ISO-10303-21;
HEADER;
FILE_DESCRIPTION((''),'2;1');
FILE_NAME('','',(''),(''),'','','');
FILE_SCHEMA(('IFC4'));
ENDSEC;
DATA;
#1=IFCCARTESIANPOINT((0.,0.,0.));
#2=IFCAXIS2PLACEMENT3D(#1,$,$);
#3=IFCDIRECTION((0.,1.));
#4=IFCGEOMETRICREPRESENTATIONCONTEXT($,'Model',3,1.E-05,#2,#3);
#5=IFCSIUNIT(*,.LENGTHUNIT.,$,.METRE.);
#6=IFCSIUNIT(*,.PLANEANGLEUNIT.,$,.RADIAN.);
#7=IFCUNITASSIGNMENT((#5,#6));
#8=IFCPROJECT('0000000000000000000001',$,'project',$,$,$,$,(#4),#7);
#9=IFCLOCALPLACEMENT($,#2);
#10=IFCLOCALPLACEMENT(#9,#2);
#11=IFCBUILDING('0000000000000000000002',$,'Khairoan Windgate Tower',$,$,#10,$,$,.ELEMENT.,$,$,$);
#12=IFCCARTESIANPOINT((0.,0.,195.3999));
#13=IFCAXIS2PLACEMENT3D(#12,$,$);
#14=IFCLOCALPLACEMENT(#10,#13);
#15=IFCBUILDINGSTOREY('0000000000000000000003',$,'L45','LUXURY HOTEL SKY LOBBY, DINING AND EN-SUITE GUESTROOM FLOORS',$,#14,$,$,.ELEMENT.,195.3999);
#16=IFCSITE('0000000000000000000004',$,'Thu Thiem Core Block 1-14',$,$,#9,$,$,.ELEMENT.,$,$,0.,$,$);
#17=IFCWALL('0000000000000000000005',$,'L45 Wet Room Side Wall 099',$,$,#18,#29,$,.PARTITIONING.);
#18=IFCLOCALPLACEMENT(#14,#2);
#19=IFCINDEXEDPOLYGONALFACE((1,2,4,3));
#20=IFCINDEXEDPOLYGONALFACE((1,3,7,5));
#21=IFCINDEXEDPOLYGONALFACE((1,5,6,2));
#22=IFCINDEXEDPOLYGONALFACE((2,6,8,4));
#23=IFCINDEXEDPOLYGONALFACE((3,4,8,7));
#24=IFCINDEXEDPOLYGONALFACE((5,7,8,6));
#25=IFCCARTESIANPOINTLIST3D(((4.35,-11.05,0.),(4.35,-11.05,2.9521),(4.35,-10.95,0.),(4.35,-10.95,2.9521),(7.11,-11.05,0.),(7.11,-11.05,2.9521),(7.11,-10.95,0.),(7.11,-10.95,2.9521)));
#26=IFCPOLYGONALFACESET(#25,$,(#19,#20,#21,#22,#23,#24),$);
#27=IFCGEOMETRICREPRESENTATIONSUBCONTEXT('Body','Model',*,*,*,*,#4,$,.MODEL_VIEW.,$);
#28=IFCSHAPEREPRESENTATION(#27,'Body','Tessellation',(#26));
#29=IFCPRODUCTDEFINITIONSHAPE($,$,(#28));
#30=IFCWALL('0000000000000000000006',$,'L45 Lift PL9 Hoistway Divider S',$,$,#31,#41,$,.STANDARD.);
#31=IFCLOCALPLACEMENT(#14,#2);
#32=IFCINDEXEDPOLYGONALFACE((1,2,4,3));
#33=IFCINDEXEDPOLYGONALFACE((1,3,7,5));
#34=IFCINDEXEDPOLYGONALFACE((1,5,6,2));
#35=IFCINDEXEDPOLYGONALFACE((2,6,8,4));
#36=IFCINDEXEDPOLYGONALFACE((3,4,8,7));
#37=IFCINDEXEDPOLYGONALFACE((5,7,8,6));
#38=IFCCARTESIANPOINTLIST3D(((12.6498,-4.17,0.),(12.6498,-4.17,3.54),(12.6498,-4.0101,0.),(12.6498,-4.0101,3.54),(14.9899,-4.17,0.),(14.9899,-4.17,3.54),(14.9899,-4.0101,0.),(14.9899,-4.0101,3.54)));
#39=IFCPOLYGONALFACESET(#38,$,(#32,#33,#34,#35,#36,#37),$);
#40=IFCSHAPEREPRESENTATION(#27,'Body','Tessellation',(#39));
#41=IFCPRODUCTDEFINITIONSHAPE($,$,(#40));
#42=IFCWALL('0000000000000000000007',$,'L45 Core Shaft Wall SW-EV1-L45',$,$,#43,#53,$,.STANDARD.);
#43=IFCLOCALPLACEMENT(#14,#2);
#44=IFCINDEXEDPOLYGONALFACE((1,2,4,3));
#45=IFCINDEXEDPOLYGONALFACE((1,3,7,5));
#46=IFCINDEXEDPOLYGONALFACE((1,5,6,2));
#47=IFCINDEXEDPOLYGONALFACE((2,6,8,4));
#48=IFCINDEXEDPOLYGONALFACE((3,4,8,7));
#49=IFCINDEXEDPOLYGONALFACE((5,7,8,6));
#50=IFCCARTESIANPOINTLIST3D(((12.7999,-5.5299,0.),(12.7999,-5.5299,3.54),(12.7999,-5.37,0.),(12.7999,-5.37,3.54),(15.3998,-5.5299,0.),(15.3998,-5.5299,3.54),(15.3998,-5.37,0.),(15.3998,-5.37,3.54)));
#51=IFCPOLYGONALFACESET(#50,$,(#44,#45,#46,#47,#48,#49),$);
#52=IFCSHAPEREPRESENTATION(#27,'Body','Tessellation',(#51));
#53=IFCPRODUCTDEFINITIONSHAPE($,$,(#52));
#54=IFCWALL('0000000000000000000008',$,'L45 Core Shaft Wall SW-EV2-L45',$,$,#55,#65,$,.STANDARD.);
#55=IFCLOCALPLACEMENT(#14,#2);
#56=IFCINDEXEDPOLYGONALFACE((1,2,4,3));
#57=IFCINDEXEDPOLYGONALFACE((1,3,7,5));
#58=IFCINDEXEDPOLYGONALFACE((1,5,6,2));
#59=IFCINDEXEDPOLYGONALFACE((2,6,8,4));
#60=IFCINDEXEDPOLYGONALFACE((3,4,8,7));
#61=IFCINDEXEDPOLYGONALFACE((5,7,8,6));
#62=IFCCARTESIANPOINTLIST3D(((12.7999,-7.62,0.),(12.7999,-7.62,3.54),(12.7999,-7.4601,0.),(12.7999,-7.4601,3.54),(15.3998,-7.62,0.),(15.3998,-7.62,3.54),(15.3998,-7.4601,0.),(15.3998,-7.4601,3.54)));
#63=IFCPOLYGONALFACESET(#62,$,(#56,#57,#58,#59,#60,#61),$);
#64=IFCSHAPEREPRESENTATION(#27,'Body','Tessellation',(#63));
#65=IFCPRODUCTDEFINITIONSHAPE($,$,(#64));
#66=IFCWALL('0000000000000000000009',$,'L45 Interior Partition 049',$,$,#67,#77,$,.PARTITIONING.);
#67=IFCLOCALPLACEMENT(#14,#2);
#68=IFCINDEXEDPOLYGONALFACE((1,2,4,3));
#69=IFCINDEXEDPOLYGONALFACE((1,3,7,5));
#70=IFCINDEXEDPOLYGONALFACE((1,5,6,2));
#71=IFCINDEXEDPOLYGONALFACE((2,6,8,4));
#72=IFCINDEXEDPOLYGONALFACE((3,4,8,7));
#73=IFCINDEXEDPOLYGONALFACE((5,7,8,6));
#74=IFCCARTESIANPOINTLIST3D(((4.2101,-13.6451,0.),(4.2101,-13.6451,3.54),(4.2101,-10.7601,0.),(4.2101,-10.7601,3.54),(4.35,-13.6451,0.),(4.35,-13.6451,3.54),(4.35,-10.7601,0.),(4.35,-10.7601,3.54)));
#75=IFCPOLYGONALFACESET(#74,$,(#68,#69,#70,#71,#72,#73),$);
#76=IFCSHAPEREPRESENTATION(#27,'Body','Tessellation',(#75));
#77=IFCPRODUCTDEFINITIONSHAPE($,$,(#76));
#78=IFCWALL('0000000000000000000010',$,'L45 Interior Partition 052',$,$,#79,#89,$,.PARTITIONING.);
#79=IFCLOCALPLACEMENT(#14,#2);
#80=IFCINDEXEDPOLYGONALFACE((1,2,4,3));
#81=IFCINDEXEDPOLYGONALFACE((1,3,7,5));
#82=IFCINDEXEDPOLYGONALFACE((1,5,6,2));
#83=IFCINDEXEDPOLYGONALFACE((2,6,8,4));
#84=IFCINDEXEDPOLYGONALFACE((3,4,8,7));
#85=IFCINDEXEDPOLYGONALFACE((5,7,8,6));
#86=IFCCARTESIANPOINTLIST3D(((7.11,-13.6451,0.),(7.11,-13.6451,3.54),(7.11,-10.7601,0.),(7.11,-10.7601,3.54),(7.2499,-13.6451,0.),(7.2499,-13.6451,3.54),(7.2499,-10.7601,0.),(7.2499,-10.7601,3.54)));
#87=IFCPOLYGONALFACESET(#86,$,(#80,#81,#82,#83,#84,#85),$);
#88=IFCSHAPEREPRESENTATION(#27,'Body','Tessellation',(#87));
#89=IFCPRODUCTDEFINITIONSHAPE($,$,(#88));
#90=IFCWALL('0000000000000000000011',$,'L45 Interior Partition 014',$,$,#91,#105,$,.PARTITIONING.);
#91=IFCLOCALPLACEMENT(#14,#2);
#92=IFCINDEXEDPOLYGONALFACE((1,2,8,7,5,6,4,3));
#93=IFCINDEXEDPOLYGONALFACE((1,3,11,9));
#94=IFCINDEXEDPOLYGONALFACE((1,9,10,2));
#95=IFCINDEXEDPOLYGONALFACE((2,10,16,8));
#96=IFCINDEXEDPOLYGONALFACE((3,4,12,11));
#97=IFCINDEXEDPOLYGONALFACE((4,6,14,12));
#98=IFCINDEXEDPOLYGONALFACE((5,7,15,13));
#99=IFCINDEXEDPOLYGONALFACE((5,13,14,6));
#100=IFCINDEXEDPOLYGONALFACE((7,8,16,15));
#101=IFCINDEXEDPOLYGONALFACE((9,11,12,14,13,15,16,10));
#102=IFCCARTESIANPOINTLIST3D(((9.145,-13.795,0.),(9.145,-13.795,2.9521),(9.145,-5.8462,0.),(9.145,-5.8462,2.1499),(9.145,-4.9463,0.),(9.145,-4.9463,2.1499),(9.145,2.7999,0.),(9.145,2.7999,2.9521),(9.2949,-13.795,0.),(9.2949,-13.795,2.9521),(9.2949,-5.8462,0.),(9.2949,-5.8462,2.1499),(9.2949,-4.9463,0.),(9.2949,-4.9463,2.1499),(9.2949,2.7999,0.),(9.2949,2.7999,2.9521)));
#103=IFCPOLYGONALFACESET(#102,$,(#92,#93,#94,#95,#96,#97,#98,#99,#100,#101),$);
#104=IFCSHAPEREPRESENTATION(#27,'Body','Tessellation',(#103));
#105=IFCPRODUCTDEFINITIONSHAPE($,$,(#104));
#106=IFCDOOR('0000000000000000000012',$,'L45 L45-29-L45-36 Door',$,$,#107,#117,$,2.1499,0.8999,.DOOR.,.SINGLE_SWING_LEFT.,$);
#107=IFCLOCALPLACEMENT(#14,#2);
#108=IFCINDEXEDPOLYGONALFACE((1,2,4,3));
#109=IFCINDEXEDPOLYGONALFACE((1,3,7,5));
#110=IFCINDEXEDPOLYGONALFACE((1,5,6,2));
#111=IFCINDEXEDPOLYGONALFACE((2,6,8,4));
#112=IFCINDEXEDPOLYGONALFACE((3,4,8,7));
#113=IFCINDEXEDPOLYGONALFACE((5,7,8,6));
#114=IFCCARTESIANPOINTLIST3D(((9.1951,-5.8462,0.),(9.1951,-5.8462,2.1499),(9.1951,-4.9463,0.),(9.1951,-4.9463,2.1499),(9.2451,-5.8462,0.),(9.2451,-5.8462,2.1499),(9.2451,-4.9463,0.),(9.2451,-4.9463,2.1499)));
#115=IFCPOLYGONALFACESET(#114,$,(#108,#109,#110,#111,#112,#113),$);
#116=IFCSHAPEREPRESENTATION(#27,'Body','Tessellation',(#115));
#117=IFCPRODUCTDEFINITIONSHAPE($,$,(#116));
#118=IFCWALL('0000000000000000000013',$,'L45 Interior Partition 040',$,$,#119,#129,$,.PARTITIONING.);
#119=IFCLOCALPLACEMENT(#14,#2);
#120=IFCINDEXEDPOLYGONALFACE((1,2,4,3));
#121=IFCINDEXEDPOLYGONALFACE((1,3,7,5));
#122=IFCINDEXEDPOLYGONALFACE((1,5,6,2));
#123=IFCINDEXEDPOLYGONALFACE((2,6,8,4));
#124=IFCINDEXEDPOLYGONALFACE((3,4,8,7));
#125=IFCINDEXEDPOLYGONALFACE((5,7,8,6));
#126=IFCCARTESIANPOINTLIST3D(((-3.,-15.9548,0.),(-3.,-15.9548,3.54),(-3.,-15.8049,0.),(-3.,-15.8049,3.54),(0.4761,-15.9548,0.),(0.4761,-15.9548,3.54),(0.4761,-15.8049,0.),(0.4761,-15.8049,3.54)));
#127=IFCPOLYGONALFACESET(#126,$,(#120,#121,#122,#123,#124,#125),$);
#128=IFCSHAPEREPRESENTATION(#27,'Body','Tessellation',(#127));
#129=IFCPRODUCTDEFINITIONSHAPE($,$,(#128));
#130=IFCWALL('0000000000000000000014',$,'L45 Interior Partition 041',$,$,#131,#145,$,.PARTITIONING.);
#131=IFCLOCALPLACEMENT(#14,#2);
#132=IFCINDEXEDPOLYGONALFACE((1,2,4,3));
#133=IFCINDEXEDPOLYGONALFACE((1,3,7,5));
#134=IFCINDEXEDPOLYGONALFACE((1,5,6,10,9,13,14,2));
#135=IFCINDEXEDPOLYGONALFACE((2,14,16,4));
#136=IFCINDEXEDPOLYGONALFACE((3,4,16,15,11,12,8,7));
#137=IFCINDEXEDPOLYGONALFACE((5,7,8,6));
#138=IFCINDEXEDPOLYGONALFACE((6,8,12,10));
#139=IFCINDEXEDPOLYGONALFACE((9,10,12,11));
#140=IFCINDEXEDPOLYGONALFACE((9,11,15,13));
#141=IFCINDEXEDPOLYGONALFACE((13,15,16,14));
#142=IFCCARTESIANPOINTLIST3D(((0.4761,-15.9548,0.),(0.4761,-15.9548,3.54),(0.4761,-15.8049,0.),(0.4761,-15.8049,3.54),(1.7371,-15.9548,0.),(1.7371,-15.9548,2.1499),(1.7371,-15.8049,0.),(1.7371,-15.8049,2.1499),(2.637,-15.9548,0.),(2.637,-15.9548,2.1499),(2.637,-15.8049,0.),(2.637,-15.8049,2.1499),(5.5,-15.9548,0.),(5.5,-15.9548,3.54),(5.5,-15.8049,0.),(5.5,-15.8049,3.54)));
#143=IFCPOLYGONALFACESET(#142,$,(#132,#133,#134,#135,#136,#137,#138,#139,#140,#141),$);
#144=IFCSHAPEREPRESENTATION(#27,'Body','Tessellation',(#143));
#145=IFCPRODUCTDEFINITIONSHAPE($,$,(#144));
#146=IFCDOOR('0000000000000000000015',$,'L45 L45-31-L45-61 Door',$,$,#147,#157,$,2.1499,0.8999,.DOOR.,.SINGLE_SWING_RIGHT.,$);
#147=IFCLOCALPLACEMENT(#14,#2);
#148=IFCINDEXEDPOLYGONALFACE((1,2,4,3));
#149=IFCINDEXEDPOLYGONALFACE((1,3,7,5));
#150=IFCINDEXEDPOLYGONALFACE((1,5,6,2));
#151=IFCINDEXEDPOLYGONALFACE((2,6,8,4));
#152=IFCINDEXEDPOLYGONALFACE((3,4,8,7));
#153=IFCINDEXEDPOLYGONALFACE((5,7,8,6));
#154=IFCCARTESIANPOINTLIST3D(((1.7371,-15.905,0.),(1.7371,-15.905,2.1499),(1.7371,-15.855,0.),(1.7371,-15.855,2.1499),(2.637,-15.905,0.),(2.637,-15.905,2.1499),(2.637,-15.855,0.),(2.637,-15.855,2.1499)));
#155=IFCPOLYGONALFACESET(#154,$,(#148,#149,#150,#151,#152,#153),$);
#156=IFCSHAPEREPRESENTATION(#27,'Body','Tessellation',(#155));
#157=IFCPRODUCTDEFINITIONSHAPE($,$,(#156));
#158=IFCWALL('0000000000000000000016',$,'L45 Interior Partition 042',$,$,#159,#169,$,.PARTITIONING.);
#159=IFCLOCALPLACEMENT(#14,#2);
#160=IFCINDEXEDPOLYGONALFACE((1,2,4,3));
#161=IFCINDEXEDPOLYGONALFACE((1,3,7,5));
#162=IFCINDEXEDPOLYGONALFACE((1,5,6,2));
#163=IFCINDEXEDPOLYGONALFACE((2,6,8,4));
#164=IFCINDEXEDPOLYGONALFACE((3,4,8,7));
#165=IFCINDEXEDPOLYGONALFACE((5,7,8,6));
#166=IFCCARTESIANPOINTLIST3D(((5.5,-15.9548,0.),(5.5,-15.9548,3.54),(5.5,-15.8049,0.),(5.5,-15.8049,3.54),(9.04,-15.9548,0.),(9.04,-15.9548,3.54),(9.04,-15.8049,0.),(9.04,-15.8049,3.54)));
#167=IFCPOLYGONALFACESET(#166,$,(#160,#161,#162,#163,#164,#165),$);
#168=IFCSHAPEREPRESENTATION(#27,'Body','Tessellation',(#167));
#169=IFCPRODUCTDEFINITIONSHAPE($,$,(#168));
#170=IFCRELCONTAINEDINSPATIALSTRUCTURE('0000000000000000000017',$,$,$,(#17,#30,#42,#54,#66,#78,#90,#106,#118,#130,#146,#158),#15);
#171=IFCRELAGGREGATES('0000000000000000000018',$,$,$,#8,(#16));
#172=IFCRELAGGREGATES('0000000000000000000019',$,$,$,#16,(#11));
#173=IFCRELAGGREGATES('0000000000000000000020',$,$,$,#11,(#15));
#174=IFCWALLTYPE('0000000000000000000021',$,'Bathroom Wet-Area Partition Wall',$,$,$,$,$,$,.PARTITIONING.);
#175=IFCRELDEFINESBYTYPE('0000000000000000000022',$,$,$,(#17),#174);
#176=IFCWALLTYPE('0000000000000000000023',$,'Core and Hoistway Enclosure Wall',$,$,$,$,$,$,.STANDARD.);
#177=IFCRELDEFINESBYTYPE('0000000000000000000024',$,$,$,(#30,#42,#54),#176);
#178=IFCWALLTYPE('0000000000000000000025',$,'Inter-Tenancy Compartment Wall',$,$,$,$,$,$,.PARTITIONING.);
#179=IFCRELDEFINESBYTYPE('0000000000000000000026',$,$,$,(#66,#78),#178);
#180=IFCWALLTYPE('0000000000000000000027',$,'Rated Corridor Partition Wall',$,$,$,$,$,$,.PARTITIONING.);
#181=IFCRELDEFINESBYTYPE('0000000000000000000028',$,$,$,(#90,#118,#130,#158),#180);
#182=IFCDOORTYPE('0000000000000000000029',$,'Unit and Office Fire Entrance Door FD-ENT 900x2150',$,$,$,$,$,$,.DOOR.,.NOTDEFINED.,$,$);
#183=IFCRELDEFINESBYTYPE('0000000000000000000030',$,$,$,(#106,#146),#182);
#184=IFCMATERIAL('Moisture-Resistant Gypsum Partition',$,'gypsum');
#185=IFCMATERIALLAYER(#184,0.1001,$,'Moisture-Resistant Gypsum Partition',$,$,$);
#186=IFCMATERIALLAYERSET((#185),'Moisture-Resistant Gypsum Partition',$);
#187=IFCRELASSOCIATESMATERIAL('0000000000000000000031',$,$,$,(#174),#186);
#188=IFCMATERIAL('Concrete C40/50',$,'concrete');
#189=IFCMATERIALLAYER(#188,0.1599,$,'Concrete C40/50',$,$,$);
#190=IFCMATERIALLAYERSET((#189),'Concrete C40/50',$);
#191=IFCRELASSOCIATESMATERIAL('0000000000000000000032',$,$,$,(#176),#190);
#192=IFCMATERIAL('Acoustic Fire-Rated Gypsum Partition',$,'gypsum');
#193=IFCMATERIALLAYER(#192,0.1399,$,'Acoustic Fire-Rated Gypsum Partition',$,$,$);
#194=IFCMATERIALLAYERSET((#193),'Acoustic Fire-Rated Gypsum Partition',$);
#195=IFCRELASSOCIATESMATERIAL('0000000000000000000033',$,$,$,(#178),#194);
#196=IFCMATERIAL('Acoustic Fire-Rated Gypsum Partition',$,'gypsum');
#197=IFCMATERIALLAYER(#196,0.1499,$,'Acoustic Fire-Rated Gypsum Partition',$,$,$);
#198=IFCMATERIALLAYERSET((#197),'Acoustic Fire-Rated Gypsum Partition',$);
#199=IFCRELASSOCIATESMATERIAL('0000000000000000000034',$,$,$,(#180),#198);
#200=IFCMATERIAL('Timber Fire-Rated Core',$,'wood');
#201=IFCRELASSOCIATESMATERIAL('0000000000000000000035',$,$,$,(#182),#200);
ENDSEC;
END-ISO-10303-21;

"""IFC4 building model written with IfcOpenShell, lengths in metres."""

from ifc_helpers import new_model, si_unit, direction, frame, frame_2d, origin, place, context, subcontext, project, spatial, rectangle, extrude, material, layer, layer_set, type_object, element, fill, save


model = new_model("IFC4")

# Units and contexts
model_context = context("Model", 3, precision=1e-05, world=origin(), true_north=direction((0.0, 1.0)))
body_context = subcontext(model_context, "Body", "Model", "MODEL_VIEW")
ifc_project = project(units=[si_unit("LENGTHUNIT", "METRE"), si_unit("PLANEANGLEUNIT", "RADIAN")], contexts=[model_context])

# Site, building, storey
site_placement = place(None, origin())
site = spatial("IfcSite", under=ifc_project, at=site_placement, Name="Thu Thiem Core Block 1-14", CompositionType="ELEMENT", RefElevation=0.0)
building_placement = place(site_placement, origin())
building = spatial("IfcBuilding", under=site, at=building_placement, Name="Khairoan Windgate Tower", CompositionType="ELEMENT")
storey_placement = place(building_placement, frame((0.0, 0.0, 195.3999)))
storey = spatial("IfcBuildingStorey", under=building, at=storey_placement, Name="L45", Description="LUXURY HOTEL SKY LOBBY, DINING AND EN-SUITE GUESTROOM FLOORS", CompositionType="ELEMENT", Elevation=195.3999)

# Walls
ifc_material_1 = material(Name="Moisture-Resistant Gypsum Partition", Category="gypsum")
ifc_layer_1 = layer(ifc_material_1, 0.1001, Name="Moisture-Resistant Gypsum Partition")
ifc_layer_set_1 = layer_set([ifc_layer_1], Name="Moisture-Resistant Gypsum Partition")
wall_type_1 = type_object("IfcWallType", Name="Bathroom Wet-Area Partition Wall", PredefinedType="PARTITIONING", material=ifc_layer_set_1)
wall_1_placement = place(storey_placement, frame((4.3501, -11.0, 0.0), z_axis=(0.0, 0.0, 1.0), x_axis=(1.0, 0.0, 0.0)))
element("IfcWall", 1, at=wall_1_placement, inside=storey, type_object=wall_type_1, Name="L45 Wet Room Side Wall 099", PredefinedType="PARTITIONING", context=body_context, shape_type="SweptSolid", body=[
    extrude(rectangle(XDim=2.76, YDim=0.1001, at=frame_2d((1.3799, 0.0))), origin(), (0.0, 0.0, 1.0), 2.9521),
])
ifc_material_2 = material(Name="Concrete C40/50", Category="concrete")
ifc_layer_2 = layer(ifc_material_2, 0.1599, Name="Concrete C40/50")
ifc_layer_set_2 = layer_set([ifc_layer_2], Name="Concrete C40/50")
wall_type_2 = type_object("IfcWallType", Name="Core and Hoistway Enclosure Wall", PredefinedType="STANDARD", material=ifc_layer_set_2)
wall_2_placement = place(storey_placement, frame((12.6499, -4.0901, 0.0), z_axis=(0.0, 0.0, 1.0), x_axis=(1.0, 0.0, 0.0)))
element("IfcWall", 2, at=wall_2_placement, inside=storey, type_object=wall_type_2, Name="L45 Lift PL9 Hoistway Divider S", PredefinedType="STANDARD", context=body_context, shape_type="SweptSolid", body=[
    extrude(rectangle(XDim=2.3401, YDim=0.1599, at=frame_2d((1.1699, 0.0))), origin(), (0.0, 0.0, 1.0), 3.54),
])
for number, where, z_axis, x_axis, name in (
    (3, (12.8, -5.45, 0.0), (0.0, 0.0, 1.0), (1.0, 0.0, 0.0), "L45 Core Shaft Wall SW-EV1-L45"),
    (4, (12.8, -7.54, 0.0), (0.0, 0.0, 1.0), (1.0, 0.0, 0.0), "L45 Core Shaft Wall SW-EV2-L45"),
):
    element("IfcWall", number, at=place(storey_placement, frame(where, z_axis=z_axis, x_axis=x_axis)), inside=storey, type_object=wall_type_2, Name=name, PredefinedType="STANDARD", context=body_context, shape_type="SweptSolid", body=[
        extrude(rectangle(XDim=2.5999, YDim=0.1599, at=frame_2d((1.2998, 0.0))), origin(), (0.0, 0.0, 1.0), 3.54),
    ])
ifc_material_3 = material(Name="Acoustic Fire-Rated Gypsum Partition", Category="gypsum")
ifc_layer_3 = layer(ifc_material_3, 0.1399, Name="Acoustic Fire-Rated Gypsum Partition")
ifc_layer_set_3 = layer_set([ifc_layer_3], Name="Acoustic Fire-Rated Gypsum Partition")
wall_type_3 = type_object("IfcWallType", Name="Inter-Tenancy Compartment Wall", PredefinedType="PARTITIONING", material=ifc_layer_set_3)
for number, where, z_axis, x_axis, name in (
    (5, (4.28, -13.645, 0.0), (0.0, 0.0, 1.0), (0.0, 1.0, 0.0), "L45 Interior Partition 049"),
    (6, (7.1799, -13.645, 0.0), (0.0, 0.0, 1.0), (0.0, 1.0, 0.0), "L45 Interior Partition 052"),
):
    element("IfcWall", number, at=place(storey_placement, frame(where, z_axis=z_axis, x_axis=x_axis)), inside=storey, type_object=wall_type_3, Name=name, PredefinedType="PARTITIONING", context=body_context, shape_type="SweptSolid", body=[
        extrude(rectangle(XDim=2.885, YDim=0.1399, at=frame_2d((1.4424, 0.0))), origin(), (0.0, 0.0, 1.0), 3.54),
    ])

# Wall, opening, door
ifc_material_4 = material(Name="Acoustic Fire-Rated Gypsum Partition", Category="gypsum")
ifc_layer_4 = layer(ifc_material_4, 0.1499, Name="Acoustic Fire-Rated Gypsum Partition")
ifc_layer_set_4 = layer_set([ifc_layer_4], Name="Acoustic Fire-Rated Gypsum Partition")
wall_type_4 = type_object("IfcWallType", Name="Rated Corridor Partition Wall", PredefinedType="PARTITIONING", material=ifc_layer_set_4)
wall_3_placement = place(storey_placement, frame((9.22, -13.7949, 0.0), z_axis=(0.0, 0.0, 1.0), x_axis=(0.0, 1.0, 0.0)))
wall_3 = element("IfcWall", 7, at=wall_3_placement, inside=storey, type_object=wall_type_4, Name="L45 Interior Partition 014", PredefinedType="PARTITIONING", context=body_context, shape_type="SweptSolid", body=[
    extrude(rectangle(XDim=16.595, YDim=0.1499, at=frame_2d((8.2974, 0.0))), origin(), (0.0, 0.0, 1.0), 2.9521),
])
opening_1_placement = place(wall_3_placement, frame((7.9487, 0.0, 0.0)))
opening_1 = element("IfcOpeningElement", 8, at=opening_1_placement, cuts=wall_3, PredefinedType="OPENING", context=body_context, shape_type="SweptSolid", body=[
    extrude(rectangle(XDim=0.8999, YDim=2.1499, at=frame_2d((0.45, 1.075))), frame((0.0, 0.085, 0.0), z_axis=(0.0, -1.0, 0.0), x_axis=(1.0, 0.0, 0.0)), (0.0, 0.0, 1.0), 0.1699),
])
ifc_material_5 = material(Name="Timber Fire-Rated Core", Category="wood")
door_type = type_object("IfcDoorType", Name="Unit and Office Fire Entrance Door FD-ENT 900x2150", OperationType="NOTDEFINED", PredefinedType="DOOR", material=ifc_material_5)
door_1_placement = place(opening_1_placement, origin())
door_1 = element("IfcDoor", 9, at=door_1_placement, inside=storey, type_object=door_type, Name="L45 L45-29-L45-36 Door", OperationType="SINGLE_SWING_LEFT", OverallHeight=2.1499, OverallWidth=0.8999, PredefinedType="DOOR", context=body_context, shape_type="SweptSolid", body=[
    extrude(rectangle(XDim=0.8999, YDim=2.1499, at=frame_2d((0.45, 1.075))), frame((0.0, 0.0249, 0.0), z_axis=(0.0, -1.0, 0.0), x_axis=(1.0, 0.0, 0.0)), (0.0, 0.0, 1.0), 0.05),
])
fill(opening_1, door_1)

# Wall
wall_4_placement = place(storey_placement, frame((-3.0, -15.8799, 0.0), z_axis=(0.0, 0.0, 1.0), x_axis=(1.0, 0.0, 0.0)))
element("IfcWall", 10, at=wall_4_placement, inside=storey, type_object=wall_type_4, Name="L45 Interior Partition 040", PredefinedType="PARTITIONING", context=body_context, shape_type="SweptSolid", body=[
    extrude(rectangle(XDim=3.4761, YDim=0.1499, at=frame_2d((1.738, 0.0))), origin(), (0.0, 0.0, 1.0), 3.54),
])

# Wall, opening, door
wall_5_placement = place(storey_placement, frame((0.4761, -15.8799, 0.0), z_axis=(0.0, 0.0, 1.0), x_axis=(1.0, 0.0, 0.0)))
wall_5 = element("IfcWall", 11, at=wall_5_placement, inside=storey, type_object=wall_type_4, Name="L45 Interior Partition 041", PredefinedType="PARTITIONING", context=body_context, shape_type="SweptSolid", body=[
    extrude(rectangle(XDim=5.0239, YDim=0.1499, at=frame_2d((2.512, 0.0))), origin(), (0.0, 0.0, 1.0), 3.54),
])
opening_2_placement = place(wall_5_placement, frame((1.261, 0.0, 0.0)))
opening_2 = element("IfcOpeningElement", 12, at=opening_2_placement, cuts=wall_5, PredefinedType="OPENING", context=body_context, shape_type="SweptSolid", body=[
    extrude(rectangle(XDim=0.8999, YDim=2.1499, at=frame_2d((0.45, 1.075))), frame((0.0, 0.085, 0.0), z_axis=(0.0, -1.0, 0.0), x_axis=(1.0, 0.0, 0.0)), (0.0, 0.0, 1.0), 0.1699),
])
door_2_placement = place(opening_2_placement, origin())
door_2 = element("IfcDoor", 13, at=door_2_placement, inside=storey, type_object=door_type, Name="L45 L45-31-L45-61 Door", OperationType="SINGLE_SWING_RIGHT", OverallHeight=2.1499, OverallWidth=0.8999, PredefinedType="DOOR", context=body_context, shape_type="SweptSolid", body=[
    extrude(rectangle(XDim=0.8999, YDim=2.1499, at=frame_2d((0.45, 1.075))), frame((0.0, 0.0249, 0.0), z_axis=(0.0, -1.0, 0.0), x_axis=(1.0, 0.0, 0.0)), (0.0, 0.0, 1.0), 0.05),
])
fill(opening_2, door_2)

# Wall
wall_6_placement = place(storey_placement, frame((5.5, -15.8799, 0.0), z_axis=(0.0, 0.0, 1.0), x_axis=(1.0, 0.0, 0.0)))
element("IfcWall", 14, at=wall_6_placement, inside=storey, type_object=wall_type_4, Name="L45 Interior Partition 042", PredefinedType="PARTITIONING", context=body_context, shape_type="SweptSolid", body=[
    extrude(rectangle(XDim=3.54, YDim=0.1499, at=frame_2d((1.77, 0.0))), origin(), (0.0, 0.0, 1.0), 3.54),
])

save(model, "model.ifc")
